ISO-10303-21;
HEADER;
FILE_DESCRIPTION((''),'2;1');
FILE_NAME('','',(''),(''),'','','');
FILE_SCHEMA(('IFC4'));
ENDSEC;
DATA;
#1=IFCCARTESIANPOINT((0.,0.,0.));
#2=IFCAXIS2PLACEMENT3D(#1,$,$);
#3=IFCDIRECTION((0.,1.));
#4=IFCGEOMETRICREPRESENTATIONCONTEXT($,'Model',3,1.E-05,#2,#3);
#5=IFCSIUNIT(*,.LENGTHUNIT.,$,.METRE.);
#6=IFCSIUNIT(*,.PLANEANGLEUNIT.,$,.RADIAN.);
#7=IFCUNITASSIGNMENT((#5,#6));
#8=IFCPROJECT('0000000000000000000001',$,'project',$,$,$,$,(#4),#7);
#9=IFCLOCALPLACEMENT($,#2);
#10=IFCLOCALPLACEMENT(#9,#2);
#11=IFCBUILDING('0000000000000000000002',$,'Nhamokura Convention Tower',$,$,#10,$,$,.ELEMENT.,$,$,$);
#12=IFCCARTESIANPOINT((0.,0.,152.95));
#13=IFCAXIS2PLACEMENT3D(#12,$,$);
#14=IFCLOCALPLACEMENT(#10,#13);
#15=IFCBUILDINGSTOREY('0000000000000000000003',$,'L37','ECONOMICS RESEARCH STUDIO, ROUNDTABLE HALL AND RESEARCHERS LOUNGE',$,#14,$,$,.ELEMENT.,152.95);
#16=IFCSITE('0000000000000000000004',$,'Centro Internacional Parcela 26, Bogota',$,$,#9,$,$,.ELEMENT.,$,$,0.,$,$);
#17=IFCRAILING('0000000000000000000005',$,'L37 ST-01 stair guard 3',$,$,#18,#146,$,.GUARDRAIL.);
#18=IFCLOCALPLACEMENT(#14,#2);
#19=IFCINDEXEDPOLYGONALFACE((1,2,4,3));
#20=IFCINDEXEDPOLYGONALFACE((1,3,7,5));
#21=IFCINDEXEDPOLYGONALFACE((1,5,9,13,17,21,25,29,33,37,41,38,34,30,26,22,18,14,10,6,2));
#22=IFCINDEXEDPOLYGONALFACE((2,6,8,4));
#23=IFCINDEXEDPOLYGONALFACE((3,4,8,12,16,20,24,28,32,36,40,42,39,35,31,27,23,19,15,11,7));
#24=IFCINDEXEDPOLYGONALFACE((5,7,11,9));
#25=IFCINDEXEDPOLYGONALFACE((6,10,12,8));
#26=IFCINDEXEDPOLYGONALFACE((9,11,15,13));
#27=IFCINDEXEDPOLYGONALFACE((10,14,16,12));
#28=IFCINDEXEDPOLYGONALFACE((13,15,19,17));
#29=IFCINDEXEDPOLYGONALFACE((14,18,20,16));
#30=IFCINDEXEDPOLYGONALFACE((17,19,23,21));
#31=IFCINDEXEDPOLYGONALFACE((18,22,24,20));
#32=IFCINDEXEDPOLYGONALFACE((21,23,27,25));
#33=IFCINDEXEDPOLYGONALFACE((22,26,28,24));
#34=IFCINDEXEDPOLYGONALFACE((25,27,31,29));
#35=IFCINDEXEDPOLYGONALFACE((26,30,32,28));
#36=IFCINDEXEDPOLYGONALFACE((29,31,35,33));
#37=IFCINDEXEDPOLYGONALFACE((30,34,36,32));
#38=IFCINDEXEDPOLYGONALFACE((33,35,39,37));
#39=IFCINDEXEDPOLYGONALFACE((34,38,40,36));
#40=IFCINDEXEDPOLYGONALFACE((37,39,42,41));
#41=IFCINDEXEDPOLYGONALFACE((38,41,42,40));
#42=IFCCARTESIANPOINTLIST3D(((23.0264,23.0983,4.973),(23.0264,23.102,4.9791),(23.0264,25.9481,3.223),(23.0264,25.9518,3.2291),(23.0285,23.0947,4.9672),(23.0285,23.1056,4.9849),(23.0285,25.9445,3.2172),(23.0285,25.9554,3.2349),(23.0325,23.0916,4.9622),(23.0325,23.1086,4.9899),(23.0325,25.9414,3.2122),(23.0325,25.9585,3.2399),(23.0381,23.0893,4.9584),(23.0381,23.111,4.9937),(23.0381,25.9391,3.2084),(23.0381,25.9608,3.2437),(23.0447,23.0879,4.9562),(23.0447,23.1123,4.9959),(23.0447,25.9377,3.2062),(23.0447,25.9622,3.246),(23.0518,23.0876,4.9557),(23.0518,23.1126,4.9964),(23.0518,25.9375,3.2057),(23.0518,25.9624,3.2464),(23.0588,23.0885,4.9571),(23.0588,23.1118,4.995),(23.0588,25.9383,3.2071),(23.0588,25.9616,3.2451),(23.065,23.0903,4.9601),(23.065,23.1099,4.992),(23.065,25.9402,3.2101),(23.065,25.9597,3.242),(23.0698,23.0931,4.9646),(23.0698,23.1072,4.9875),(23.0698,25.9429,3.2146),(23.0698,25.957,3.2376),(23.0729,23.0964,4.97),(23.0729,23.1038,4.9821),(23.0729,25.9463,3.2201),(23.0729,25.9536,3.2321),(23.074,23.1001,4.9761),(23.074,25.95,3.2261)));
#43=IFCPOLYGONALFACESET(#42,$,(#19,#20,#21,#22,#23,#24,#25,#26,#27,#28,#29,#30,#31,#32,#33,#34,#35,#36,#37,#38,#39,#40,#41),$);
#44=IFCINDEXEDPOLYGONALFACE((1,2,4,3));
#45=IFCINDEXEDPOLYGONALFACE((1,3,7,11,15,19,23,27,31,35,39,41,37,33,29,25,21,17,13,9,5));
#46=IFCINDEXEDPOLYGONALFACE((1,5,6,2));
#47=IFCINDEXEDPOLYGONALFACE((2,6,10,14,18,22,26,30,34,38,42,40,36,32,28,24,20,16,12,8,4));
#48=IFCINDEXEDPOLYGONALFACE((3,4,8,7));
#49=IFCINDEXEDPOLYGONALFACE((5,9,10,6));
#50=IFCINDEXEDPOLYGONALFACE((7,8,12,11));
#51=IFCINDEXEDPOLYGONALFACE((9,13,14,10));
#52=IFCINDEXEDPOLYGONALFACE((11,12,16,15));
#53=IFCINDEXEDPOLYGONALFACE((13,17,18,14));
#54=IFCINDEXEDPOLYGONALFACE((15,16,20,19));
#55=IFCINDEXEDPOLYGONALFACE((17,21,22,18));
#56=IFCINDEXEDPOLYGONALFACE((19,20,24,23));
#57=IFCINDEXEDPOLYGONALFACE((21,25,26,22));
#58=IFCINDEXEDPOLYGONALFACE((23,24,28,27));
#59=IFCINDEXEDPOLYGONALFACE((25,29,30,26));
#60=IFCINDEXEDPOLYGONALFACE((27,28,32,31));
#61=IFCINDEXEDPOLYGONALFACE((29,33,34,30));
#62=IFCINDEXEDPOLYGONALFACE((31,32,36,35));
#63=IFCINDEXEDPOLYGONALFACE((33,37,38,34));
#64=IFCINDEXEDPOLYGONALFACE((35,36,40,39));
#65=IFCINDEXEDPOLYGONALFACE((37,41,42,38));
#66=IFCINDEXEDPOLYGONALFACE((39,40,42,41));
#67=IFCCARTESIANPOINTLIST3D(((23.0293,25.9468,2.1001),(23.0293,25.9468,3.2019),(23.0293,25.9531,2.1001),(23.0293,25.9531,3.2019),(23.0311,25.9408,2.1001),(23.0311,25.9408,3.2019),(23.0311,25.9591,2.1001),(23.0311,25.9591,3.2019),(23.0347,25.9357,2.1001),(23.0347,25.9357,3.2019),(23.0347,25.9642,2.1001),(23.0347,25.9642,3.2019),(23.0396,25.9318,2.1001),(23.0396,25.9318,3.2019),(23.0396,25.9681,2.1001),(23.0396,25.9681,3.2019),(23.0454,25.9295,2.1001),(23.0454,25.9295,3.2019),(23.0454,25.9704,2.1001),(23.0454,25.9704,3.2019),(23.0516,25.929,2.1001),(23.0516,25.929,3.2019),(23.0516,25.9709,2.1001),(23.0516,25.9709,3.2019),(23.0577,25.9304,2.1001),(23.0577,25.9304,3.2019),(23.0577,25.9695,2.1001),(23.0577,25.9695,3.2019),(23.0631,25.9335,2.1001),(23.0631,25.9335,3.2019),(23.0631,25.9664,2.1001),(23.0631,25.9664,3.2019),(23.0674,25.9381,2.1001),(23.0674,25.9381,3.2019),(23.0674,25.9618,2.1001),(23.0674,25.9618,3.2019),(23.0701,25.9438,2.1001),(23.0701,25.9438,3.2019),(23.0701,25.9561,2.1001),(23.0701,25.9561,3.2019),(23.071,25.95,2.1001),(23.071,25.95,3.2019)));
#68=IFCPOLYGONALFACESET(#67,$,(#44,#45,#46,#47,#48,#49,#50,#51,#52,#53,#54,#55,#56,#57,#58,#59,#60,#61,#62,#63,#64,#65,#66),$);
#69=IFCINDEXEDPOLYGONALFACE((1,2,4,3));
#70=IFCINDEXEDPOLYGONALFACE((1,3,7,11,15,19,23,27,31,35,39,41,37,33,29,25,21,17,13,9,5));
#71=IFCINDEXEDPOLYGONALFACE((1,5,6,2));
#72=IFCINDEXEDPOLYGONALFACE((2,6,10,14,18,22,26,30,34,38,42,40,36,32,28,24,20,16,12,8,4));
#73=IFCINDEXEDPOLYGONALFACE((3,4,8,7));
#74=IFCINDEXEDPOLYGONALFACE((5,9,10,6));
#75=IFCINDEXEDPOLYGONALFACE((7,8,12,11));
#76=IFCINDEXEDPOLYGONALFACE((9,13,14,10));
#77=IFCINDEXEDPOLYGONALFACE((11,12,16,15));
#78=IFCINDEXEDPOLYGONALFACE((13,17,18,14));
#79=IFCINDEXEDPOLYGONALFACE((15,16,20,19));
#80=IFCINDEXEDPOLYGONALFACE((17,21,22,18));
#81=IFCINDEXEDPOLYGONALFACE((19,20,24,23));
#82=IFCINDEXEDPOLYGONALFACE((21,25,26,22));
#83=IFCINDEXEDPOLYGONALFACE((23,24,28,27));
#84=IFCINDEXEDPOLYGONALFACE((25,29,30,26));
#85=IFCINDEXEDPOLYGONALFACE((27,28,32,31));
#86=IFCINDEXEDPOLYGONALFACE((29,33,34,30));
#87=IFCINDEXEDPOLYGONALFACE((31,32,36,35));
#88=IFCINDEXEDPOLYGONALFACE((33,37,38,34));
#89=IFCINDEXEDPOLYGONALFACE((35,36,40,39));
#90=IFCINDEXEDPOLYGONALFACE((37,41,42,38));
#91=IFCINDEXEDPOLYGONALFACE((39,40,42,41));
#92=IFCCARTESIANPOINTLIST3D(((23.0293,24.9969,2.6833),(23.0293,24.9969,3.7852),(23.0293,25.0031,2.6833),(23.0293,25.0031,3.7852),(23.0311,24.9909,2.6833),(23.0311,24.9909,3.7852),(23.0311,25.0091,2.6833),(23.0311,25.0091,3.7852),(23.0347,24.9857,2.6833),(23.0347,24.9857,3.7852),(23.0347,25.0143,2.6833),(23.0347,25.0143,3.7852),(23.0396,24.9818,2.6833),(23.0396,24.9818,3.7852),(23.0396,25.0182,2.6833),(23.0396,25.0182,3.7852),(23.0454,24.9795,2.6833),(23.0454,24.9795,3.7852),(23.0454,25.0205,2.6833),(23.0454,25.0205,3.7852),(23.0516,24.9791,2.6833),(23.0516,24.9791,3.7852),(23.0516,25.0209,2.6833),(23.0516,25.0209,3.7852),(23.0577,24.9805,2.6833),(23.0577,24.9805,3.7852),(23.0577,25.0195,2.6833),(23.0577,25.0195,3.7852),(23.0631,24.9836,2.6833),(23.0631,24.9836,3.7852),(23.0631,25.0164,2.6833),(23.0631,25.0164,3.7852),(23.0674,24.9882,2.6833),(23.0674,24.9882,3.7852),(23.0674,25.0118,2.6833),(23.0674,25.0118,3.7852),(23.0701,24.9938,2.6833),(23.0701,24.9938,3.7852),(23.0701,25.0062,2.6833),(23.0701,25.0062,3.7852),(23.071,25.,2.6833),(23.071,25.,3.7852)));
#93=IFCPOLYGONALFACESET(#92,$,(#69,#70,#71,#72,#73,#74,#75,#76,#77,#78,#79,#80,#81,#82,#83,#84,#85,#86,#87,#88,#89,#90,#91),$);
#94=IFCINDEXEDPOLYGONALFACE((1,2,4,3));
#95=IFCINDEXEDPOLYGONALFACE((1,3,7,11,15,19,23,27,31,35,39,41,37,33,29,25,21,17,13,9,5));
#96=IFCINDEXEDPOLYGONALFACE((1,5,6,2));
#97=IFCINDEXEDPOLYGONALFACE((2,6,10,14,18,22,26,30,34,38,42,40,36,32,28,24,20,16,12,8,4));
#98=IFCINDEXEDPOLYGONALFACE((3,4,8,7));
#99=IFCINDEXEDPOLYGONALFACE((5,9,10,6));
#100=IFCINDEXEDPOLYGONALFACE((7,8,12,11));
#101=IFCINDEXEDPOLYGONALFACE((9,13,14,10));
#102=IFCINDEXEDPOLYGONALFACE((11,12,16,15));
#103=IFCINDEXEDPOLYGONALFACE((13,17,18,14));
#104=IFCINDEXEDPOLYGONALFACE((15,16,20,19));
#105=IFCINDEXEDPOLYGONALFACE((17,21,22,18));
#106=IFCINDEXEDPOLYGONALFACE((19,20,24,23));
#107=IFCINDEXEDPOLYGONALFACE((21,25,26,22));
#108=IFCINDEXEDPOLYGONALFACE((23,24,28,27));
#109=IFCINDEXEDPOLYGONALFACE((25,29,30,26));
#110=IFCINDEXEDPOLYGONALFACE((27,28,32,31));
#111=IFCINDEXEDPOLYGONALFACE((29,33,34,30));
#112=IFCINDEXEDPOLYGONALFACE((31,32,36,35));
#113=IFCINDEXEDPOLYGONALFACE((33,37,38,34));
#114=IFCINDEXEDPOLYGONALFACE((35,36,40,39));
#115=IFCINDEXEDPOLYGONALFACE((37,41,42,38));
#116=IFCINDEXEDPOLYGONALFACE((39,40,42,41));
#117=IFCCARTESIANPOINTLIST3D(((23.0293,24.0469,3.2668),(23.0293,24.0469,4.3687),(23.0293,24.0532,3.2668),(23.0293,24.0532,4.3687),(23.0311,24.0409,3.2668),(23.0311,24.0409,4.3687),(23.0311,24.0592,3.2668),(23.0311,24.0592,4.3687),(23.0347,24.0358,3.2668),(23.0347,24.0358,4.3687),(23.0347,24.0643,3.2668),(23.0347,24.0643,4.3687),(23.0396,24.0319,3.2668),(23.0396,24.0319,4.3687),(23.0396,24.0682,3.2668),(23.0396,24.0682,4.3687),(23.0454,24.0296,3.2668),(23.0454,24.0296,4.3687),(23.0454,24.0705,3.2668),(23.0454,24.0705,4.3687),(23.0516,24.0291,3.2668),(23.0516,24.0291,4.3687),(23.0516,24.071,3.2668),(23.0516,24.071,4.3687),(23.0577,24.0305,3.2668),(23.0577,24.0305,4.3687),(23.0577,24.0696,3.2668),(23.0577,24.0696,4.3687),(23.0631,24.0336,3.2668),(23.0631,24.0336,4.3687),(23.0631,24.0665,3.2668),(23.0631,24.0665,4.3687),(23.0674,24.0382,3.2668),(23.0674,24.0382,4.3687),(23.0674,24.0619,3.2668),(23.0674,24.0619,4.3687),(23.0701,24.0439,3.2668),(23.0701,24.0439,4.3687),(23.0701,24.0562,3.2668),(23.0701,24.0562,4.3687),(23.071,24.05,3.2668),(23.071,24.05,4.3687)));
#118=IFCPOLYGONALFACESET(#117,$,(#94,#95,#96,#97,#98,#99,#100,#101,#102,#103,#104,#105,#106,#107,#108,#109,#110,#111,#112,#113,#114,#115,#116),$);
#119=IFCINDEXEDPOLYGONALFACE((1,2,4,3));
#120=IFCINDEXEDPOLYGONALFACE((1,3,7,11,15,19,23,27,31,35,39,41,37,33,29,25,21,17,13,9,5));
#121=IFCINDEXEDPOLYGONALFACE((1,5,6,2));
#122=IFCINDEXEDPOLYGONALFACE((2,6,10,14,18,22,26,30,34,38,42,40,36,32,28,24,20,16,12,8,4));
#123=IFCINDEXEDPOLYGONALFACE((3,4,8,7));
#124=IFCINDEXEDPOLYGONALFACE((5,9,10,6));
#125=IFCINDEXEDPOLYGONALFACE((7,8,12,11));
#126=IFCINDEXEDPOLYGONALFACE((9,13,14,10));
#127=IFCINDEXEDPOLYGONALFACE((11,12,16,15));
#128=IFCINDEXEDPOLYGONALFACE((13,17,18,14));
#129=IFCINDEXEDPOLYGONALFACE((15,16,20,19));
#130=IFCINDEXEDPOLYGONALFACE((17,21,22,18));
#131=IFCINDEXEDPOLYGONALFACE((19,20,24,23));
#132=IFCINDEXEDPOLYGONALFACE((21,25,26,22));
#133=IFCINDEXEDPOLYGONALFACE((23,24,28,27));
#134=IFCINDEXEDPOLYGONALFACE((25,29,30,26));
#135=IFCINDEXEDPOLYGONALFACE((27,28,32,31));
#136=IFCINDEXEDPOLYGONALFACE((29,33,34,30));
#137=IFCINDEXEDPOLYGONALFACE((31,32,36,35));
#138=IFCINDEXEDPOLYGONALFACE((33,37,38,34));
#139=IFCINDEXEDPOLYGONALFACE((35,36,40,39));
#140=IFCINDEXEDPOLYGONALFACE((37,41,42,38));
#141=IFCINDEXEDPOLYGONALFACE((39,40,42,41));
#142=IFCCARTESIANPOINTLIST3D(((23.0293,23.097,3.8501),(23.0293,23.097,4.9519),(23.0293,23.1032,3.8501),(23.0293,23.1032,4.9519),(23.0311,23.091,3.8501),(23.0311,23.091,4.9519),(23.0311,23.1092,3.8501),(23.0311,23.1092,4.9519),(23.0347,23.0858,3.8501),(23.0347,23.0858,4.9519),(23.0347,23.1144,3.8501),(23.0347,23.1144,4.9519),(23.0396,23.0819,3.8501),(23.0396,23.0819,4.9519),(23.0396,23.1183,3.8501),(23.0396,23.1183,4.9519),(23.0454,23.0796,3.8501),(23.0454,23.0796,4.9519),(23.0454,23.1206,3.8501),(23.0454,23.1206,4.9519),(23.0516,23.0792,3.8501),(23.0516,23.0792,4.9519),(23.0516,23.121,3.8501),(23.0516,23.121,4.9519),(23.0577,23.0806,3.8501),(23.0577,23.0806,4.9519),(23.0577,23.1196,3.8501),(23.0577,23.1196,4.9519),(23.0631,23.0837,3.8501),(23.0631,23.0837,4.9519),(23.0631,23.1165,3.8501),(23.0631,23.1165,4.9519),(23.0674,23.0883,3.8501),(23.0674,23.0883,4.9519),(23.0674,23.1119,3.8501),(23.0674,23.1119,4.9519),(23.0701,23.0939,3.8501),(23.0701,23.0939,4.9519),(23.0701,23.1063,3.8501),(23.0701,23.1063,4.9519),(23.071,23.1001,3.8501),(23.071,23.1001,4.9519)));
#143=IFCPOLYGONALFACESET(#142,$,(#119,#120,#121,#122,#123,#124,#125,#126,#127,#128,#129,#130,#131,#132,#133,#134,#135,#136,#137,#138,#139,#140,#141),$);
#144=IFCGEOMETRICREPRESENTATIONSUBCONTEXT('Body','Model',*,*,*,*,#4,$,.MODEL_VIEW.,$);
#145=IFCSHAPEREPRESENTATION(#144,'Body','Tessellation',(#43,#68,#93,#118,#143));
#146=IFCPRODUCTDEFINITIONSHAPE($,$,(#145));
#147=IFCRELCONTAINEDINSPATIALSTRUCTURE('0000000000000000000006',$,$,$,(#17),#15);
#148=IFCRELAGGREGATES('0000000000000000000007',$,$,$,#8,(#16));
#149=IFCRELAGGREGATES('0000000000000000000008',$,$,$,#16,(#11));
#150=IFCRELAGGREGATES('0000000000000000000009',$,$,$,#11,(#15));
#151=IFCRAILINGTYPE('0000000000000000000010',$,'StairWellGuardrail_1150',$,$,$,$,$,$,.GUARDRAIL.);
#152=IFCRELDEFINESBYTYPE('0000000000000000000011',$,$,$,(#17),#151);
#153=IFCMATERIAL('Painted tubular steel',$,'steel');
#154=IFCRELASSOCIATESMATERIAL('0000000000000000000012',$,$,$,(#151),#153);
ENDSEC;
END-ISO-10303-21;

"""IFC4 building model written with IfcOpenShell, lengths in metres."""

from ifc_helpers import new_model, si_unit, direction, frame, origin, origin_2d, place, context, subcontext, project, spatial, circle, extrude, material, type_object, element, save


model = new_model("IFC4")

# Units and contexts
model_context = context("Model", 3, precision=1e-05, world=origin(), true_north=direction((0.0, 1.0)))
body_context = subcontext(model_context, "Body", "Model", "MODEL_VIEW")
ifc_project = project(units=[si_unit("LENGTHUNIT", "METRE"), si_unit("PLANEANGLEUNIT", "RADIAN")], contexts=[model_context])

# Site, building, storey
site_placement = place(None, origin())
site = spatial("IfcSite", under=ifc_project, at=site_placement, Name="Centro Internacional Parcela 26, Bogota", CompositionType="ELEMENT", RefElevation=0.0)
building_placement = place(site_placement, origin())
building = spatial("IfcBuilding", under=site, at=building_placement, Name="Nhamokura Convention Tower", CompositionType="ELEMENT")
storey_placement = place(building_placement, frame((0.0, 0.0, 152.95)))
storey = spatial("IfcBuildingStorey", under=building, at=storey_placement, Name="L37", Description="ECONOMICS RESEARCH STUDIO, ROUNDTABLE HALL AND RESEARCHERS LOUNGE", CompositionType="ELEMENT", Elevation=152.95)

# Railing
ifc_material_1 = material(Name="Painted tubular steel", Category="steel")
railing_type_1 = type_object("IfcRailingType", Name="StairWellGuardrail_1150", PredefinedType="GUARDRAIL", material=ifc_material_1)
railing_1_placement = place(storey_placement, frame((23.05, 25.95, 2.1001)))
element("IfcRailing", 1, at=railing_1_placement, inside=storey, type_object=railing_type_1, Name="L37 ST-01 stair guard 3", PredefinedType="GUARDRAIL", context=body_context, shape_type="SweptSolid", body=[
    extrude(circle(Radius=0.0239, at=origin_2d()), frame((0.0, 0.0, 1.126), z_axis=(0.0, -0.852159, 0.523283), x_axis=(1.0, 0.0, 0.0)), (0.0, 0.0, 1.0), 3.3442),
    extrude(circle(Radius=0.021, at=origin_2d()), origin(), (0.0, 0.0, 1.0), 1.1018),
    extrude(circle(Radius=0.021, at=origin_2d()), frame((0.0, -0.95, 0.5833)), (0.0, 0.0, 1.0), 1.1018),
    extrude(circle(Radius=0.021, at=origin_2d()), frame((0.0, -1.8999, 1.1667)), (0.0, 0.0, 1.0), 1.1018),
    extrude(circle(Radius=0.021, at=origin_2d()), frame((0.0, -2.8499, 1.75)), (0.0, 0.0, 1.0), 1.1018),
])

save(model, "model.ifc")
